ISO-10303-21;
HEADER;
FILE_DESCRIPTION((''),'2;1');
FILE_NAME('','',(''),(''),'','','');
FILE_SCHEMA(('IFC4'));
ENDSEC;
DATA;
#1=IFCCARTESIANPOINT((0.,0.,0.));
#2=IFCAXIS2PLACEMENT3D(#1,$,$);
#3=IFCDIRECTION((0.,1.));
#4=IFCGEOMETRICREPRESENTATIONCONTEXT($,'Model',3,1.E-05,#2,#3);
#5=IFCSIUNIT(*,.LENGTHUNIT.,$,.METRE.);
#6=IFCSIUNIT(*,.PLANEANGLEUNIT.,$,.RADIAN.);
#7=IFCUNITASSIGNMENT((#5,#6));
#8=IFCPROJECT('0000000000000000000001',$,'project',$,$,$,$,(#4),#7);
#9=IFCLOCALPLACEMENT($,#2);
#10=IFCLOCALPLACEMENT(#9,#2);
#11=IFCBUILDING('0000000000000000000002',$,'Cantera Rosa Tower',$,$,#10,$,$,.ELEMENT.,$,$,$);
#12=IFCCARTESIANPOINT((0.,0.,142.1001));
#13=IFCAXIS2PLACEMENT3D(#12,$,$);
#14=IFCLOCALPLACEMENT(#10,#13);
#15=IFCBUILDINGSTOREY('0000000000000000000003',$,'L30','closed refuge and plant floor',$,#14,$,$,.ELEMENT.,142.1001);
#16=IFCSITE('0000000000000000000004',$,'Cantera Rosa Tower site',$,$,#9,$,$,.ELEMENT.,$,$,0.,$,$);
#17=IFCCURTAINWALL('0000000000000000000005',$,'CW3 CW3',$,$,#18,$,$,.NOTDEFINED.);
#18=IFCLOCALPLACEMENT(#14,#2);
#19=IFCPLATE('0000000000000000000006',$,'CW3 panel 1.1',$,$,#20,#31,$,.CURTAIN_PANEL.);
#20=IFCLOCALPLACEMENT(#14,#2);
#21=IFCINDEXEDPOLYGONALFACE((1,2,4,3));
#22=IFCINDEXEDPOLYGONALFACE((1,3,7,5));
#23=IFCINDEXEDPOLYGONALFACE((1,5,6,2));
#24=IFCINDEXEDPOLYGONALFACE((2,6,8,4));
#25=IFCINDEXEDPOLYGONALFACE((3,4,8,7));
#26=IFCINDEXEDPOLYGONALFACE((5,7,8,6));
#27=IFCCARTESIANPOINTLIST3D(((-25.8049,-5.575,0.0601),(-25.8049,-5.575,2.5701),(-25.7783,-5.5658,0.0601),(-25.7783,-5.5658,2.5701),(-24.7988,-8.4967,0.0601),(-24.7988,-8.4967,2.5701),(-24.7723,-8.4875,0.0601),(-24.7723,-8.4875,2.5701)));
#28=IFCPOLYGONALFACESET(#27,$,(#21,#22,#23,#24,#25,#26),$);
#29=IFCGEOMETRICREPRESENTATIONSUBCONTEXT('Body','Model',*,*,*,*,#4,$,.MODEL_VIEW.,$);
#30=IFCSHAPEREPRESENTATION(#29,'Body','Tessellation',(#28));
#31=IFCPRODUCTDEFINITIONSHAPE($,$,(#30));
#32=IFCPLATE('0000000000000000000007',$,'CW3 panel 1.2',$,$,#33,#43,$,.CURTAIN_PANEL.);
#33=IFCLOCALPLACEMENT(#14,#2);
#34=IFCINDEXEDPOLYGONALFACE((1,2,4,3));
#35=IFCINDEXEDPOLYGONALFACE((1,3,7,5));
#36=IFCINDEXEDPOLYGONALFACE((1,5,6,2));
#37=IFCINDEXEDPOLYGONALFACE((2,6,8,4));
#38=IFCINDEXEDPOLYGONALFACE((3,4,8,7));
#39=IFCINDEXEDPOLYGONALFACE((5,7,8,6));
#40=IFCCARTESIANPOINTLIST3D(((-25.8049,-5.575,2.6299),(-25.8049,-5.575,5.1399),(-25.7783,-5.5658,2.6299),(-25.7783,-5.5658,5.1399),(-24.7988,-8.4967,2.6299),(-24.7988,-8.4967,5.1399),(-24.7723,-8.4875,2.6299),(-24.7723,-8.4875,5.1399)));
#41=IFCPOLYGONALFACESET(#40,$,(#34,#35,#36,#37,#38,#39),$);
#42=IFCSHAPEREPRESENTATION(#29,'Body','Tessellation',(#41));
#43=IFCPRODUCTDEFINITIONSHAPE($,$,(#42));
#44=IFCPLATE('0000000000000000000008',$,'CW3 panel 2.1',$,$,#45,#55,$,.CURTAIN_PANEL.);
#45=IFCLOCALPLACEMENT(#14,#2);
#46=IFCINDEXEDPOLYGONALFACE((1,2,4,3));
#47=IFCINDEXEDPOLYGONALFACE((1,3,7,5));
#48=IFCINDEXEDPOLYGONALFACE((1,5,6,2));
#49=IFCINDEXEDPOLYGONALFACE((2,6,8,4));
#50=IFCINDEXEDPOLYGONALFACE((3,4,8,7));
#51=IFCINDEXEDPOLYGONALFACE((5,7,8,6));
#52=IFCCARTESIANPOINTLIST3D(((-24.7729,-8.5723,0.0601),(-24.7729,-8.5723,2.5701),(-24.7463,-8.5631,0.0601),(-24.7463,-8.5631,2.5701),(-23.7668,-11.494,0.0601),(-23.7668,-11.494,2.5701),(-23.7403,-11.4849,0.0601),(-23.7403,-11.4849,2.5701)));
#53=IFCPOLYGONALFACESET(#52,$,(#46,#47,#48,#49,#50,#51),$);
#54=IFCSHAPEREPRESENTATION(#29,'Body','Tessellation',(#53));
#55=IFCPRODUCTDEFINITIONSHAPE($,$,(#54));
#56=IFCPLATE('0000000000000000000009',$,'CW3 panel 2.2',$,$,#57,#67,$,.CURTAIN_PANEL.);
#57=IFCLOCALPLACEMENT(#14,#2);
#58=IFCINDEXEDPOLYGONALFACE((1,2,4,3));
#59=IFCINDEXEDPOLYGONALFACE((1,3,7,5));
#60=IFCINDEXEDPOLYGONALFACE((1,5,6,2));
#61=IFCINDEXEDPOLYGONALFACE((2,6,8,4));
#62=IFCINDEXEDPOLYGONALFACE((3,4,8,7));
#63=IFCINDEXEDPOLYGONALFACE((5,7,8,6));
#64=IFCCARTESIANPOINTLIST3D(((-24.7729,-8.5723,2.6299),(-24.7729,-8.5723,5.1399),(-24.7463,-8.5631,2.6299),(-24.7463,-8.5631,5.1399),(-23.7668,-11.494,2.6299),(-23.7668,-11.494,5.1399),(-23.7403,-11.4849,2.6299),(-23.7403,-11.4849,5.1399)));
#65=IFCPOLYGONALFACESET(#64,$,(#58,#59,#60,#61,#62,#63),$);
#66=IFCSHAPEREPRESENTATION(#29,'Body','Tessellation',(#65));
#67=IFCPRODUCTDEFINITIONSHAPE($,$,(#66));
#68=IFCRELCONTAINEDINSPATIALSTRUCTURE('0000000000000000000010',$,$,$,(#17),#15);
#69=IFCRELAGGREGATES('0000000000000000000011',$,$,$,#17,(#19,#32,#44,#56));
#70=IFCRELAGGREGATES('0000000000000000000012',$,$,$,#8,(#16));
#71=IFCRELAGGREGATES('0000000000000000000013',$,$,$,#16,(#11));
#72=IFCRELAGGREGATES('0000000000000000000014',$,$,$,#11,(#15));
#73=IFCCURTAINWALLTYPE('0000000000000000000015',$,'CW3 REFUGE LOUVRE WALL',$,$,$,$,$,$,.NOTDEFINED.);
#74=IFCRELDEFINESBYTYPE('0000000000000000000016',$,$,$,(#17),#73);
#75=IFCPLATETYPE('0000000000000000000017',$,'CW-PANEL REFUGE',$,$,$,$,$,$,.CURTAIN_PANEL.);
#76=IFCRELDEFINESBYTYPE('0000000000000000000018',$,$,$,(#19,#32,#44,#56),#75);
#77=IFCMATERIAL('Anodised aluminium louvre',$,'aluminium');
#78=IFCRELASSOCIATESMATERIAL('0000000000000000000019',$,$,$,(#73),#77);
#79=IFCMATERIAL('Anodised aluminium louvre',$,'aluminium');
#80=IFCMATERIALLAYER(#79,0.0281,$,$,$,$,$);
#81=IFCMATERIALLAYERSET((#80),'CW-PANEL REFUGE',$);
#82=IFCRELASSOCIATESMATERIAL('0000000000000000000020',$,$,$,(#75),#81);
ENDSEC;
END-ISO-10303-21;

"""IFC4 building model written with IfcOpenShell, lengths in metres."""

from ifc_helpers import new_model, si_unit, direction, frame, origin, origin_2d, place, context, subcontext, project, spatial, rectangle, extrude, material, layer, layer_set, type_object, element, aggregate, save


model = new_model("IFC4")

# Units and contexts
model_context = context("Model", 3, precision=1e-05, world=origin(), true_north=direction((0.0, 1.0)))
body_context = subcontext(model_context, "Body", "Model", "MODEL_VIEW")
ifc_project = project(units=[si_unit("LENGTHUNIT", "METRE"), si_unit("PLANEANGLEUNIT", "RADIAN")], contexts=[model_context])

# Site, building, storey
site_placement = place(None, origin())
site = spatial("IfcSite", under=ifc_project, at=site_placement, Name="Cantera Rosa Tower site", CompositionType="ELEMENT", RefElevation=0.0)
building_placement = place(site_placement, origin())
building = spatial("IfcBuilding", under=site, at=building_placement, Name="Cantera Rosa Tower", CompositionType="ELEMENT")
storey_placement = place(building_placement, frame((0.0, 0.0, 142.1001)))
storey = spatial("IfcBuildingStorey", under=building, at=storey_placement, Name="L30", Description="closed refuge and plant floor", CompositionType="ELEMENT", Elevation=142.1001)

# Shared definitions
ifc_material_1 = material(Name="Anodised aluminium louvre", Category="aluminium")
curtain_wall_type = type_object("IfcCurtainWallType", Name="CW3 REFUGE LOUVRE WALL", PredefinedType="NOTDEFINED", material=ifc_material_1)

# Curtain wall
curtain_wall_1_placement = place(storey_placement, origin())
curtain_wall_1 = element("IfcCurtainWall", 1, at=curtain_wall_1_placement, inside=storey, type_object=curtain_wall_type, Name="CW3 CW3", PredefinedType="NOTDEFINED")

# Plates
ifc_material_2 = material(Name="Anodised aluminium louvre", Category="aluminium")
ifc_layer = layer(ifc_material_2, 0.0281)
ifc_layer_set = layer_set([ifc_layer], Name="CW-PANEL REFUGE")
plate_type = type_object("IfcPlateType", Name="CW-PANEL REFUGE", PredefinedType="CURTAIN_PANEL", material=ifc_layer_set)
plate_1_placement = place(storey_placement, frame((-25.2886, -7.0312, 0.0601), z_axis=(0.0, 0.0, 1.0), x_axis=(0.325568, -0.945519, 0.0)))
plate_1 = element("IfcPlate", 2, at=plate_1_placement, type_object=plate_type, Name="CW3 panel 1.1", PredefinedType="CURTAIN_PANEL", context=body_context, shape_type="SweptSolid", body=[
    extrude(rectangle(XDim=3.0901, YDim=0.0281, at=origin_2d()), origin(), (0.0, 0.0, 1.0), 2.51),
])
plate_2_placement = place(storey_placement, frame((-25.2886, -7.0312, 2.6299), z_axis=(0.0, 0.0, 1.0), x_axis=(0.325568, -0.945519, 0.0)))
plate_2 = element("IfcPlate", 3, at=plate_2_placement, type_object=plate_type, Name="CW3 panel 1.2", PredefinedType="CURTAIN_PANEL", context=body_context, shape_type="SweptSolid", body=[
    extrude(rectangle(XDim=3.0901, YDim=0.0281, at=origin_2d()), origin(), (0.0, 0.0, 1.0), 2.51),
])
plate_3_placement = place(storey_placement, frame((-24.2566, -10.0286, 0.0601), z_axis=(0.0, 0.0, 1.0), x_axis=(0.325568, -0.945519, 0.0)))
plate_3 = element("IfcPlate", 4, at=plate_3_placement, type_object=plate_type, Name="CW3 panel 2.1", PredefinedType="CURTAIN_PANEL", context=body_context, shape_type="SweptSolid", body=[
    extrude(rectangle(XDim=3.0901, YDim=0.0281, at=origin_2d()), origin(), (0.0, 0.0, 1.0), 2.51),
])
plate_4_placement = place(storey_placement, frame((-24.2566, -10.0286, 2.6299), z_axis=(0.0, 0.0, 1.0), x_axis=(0.325568, -0.945519, 0.0)))
plate_4 = element("IfcPlate", 5, at=plate_4_placement, type_object=plate_type, Name="CW3 panel 2.2", PredefinedType="CURTAIN_PANEL", context=body_context, shape_type="SweptSolid", body=[
    extrude(rectangle(XDim=3.0901, YDim=0.0281, at=origin_2d()), origin(), (0.0, 0.0, 1.0), 2.51),
])
aggregate(curtain_wall_1, [plate_1, plate_2, plate_3, plate_4])

save(model, "model.ifc")
